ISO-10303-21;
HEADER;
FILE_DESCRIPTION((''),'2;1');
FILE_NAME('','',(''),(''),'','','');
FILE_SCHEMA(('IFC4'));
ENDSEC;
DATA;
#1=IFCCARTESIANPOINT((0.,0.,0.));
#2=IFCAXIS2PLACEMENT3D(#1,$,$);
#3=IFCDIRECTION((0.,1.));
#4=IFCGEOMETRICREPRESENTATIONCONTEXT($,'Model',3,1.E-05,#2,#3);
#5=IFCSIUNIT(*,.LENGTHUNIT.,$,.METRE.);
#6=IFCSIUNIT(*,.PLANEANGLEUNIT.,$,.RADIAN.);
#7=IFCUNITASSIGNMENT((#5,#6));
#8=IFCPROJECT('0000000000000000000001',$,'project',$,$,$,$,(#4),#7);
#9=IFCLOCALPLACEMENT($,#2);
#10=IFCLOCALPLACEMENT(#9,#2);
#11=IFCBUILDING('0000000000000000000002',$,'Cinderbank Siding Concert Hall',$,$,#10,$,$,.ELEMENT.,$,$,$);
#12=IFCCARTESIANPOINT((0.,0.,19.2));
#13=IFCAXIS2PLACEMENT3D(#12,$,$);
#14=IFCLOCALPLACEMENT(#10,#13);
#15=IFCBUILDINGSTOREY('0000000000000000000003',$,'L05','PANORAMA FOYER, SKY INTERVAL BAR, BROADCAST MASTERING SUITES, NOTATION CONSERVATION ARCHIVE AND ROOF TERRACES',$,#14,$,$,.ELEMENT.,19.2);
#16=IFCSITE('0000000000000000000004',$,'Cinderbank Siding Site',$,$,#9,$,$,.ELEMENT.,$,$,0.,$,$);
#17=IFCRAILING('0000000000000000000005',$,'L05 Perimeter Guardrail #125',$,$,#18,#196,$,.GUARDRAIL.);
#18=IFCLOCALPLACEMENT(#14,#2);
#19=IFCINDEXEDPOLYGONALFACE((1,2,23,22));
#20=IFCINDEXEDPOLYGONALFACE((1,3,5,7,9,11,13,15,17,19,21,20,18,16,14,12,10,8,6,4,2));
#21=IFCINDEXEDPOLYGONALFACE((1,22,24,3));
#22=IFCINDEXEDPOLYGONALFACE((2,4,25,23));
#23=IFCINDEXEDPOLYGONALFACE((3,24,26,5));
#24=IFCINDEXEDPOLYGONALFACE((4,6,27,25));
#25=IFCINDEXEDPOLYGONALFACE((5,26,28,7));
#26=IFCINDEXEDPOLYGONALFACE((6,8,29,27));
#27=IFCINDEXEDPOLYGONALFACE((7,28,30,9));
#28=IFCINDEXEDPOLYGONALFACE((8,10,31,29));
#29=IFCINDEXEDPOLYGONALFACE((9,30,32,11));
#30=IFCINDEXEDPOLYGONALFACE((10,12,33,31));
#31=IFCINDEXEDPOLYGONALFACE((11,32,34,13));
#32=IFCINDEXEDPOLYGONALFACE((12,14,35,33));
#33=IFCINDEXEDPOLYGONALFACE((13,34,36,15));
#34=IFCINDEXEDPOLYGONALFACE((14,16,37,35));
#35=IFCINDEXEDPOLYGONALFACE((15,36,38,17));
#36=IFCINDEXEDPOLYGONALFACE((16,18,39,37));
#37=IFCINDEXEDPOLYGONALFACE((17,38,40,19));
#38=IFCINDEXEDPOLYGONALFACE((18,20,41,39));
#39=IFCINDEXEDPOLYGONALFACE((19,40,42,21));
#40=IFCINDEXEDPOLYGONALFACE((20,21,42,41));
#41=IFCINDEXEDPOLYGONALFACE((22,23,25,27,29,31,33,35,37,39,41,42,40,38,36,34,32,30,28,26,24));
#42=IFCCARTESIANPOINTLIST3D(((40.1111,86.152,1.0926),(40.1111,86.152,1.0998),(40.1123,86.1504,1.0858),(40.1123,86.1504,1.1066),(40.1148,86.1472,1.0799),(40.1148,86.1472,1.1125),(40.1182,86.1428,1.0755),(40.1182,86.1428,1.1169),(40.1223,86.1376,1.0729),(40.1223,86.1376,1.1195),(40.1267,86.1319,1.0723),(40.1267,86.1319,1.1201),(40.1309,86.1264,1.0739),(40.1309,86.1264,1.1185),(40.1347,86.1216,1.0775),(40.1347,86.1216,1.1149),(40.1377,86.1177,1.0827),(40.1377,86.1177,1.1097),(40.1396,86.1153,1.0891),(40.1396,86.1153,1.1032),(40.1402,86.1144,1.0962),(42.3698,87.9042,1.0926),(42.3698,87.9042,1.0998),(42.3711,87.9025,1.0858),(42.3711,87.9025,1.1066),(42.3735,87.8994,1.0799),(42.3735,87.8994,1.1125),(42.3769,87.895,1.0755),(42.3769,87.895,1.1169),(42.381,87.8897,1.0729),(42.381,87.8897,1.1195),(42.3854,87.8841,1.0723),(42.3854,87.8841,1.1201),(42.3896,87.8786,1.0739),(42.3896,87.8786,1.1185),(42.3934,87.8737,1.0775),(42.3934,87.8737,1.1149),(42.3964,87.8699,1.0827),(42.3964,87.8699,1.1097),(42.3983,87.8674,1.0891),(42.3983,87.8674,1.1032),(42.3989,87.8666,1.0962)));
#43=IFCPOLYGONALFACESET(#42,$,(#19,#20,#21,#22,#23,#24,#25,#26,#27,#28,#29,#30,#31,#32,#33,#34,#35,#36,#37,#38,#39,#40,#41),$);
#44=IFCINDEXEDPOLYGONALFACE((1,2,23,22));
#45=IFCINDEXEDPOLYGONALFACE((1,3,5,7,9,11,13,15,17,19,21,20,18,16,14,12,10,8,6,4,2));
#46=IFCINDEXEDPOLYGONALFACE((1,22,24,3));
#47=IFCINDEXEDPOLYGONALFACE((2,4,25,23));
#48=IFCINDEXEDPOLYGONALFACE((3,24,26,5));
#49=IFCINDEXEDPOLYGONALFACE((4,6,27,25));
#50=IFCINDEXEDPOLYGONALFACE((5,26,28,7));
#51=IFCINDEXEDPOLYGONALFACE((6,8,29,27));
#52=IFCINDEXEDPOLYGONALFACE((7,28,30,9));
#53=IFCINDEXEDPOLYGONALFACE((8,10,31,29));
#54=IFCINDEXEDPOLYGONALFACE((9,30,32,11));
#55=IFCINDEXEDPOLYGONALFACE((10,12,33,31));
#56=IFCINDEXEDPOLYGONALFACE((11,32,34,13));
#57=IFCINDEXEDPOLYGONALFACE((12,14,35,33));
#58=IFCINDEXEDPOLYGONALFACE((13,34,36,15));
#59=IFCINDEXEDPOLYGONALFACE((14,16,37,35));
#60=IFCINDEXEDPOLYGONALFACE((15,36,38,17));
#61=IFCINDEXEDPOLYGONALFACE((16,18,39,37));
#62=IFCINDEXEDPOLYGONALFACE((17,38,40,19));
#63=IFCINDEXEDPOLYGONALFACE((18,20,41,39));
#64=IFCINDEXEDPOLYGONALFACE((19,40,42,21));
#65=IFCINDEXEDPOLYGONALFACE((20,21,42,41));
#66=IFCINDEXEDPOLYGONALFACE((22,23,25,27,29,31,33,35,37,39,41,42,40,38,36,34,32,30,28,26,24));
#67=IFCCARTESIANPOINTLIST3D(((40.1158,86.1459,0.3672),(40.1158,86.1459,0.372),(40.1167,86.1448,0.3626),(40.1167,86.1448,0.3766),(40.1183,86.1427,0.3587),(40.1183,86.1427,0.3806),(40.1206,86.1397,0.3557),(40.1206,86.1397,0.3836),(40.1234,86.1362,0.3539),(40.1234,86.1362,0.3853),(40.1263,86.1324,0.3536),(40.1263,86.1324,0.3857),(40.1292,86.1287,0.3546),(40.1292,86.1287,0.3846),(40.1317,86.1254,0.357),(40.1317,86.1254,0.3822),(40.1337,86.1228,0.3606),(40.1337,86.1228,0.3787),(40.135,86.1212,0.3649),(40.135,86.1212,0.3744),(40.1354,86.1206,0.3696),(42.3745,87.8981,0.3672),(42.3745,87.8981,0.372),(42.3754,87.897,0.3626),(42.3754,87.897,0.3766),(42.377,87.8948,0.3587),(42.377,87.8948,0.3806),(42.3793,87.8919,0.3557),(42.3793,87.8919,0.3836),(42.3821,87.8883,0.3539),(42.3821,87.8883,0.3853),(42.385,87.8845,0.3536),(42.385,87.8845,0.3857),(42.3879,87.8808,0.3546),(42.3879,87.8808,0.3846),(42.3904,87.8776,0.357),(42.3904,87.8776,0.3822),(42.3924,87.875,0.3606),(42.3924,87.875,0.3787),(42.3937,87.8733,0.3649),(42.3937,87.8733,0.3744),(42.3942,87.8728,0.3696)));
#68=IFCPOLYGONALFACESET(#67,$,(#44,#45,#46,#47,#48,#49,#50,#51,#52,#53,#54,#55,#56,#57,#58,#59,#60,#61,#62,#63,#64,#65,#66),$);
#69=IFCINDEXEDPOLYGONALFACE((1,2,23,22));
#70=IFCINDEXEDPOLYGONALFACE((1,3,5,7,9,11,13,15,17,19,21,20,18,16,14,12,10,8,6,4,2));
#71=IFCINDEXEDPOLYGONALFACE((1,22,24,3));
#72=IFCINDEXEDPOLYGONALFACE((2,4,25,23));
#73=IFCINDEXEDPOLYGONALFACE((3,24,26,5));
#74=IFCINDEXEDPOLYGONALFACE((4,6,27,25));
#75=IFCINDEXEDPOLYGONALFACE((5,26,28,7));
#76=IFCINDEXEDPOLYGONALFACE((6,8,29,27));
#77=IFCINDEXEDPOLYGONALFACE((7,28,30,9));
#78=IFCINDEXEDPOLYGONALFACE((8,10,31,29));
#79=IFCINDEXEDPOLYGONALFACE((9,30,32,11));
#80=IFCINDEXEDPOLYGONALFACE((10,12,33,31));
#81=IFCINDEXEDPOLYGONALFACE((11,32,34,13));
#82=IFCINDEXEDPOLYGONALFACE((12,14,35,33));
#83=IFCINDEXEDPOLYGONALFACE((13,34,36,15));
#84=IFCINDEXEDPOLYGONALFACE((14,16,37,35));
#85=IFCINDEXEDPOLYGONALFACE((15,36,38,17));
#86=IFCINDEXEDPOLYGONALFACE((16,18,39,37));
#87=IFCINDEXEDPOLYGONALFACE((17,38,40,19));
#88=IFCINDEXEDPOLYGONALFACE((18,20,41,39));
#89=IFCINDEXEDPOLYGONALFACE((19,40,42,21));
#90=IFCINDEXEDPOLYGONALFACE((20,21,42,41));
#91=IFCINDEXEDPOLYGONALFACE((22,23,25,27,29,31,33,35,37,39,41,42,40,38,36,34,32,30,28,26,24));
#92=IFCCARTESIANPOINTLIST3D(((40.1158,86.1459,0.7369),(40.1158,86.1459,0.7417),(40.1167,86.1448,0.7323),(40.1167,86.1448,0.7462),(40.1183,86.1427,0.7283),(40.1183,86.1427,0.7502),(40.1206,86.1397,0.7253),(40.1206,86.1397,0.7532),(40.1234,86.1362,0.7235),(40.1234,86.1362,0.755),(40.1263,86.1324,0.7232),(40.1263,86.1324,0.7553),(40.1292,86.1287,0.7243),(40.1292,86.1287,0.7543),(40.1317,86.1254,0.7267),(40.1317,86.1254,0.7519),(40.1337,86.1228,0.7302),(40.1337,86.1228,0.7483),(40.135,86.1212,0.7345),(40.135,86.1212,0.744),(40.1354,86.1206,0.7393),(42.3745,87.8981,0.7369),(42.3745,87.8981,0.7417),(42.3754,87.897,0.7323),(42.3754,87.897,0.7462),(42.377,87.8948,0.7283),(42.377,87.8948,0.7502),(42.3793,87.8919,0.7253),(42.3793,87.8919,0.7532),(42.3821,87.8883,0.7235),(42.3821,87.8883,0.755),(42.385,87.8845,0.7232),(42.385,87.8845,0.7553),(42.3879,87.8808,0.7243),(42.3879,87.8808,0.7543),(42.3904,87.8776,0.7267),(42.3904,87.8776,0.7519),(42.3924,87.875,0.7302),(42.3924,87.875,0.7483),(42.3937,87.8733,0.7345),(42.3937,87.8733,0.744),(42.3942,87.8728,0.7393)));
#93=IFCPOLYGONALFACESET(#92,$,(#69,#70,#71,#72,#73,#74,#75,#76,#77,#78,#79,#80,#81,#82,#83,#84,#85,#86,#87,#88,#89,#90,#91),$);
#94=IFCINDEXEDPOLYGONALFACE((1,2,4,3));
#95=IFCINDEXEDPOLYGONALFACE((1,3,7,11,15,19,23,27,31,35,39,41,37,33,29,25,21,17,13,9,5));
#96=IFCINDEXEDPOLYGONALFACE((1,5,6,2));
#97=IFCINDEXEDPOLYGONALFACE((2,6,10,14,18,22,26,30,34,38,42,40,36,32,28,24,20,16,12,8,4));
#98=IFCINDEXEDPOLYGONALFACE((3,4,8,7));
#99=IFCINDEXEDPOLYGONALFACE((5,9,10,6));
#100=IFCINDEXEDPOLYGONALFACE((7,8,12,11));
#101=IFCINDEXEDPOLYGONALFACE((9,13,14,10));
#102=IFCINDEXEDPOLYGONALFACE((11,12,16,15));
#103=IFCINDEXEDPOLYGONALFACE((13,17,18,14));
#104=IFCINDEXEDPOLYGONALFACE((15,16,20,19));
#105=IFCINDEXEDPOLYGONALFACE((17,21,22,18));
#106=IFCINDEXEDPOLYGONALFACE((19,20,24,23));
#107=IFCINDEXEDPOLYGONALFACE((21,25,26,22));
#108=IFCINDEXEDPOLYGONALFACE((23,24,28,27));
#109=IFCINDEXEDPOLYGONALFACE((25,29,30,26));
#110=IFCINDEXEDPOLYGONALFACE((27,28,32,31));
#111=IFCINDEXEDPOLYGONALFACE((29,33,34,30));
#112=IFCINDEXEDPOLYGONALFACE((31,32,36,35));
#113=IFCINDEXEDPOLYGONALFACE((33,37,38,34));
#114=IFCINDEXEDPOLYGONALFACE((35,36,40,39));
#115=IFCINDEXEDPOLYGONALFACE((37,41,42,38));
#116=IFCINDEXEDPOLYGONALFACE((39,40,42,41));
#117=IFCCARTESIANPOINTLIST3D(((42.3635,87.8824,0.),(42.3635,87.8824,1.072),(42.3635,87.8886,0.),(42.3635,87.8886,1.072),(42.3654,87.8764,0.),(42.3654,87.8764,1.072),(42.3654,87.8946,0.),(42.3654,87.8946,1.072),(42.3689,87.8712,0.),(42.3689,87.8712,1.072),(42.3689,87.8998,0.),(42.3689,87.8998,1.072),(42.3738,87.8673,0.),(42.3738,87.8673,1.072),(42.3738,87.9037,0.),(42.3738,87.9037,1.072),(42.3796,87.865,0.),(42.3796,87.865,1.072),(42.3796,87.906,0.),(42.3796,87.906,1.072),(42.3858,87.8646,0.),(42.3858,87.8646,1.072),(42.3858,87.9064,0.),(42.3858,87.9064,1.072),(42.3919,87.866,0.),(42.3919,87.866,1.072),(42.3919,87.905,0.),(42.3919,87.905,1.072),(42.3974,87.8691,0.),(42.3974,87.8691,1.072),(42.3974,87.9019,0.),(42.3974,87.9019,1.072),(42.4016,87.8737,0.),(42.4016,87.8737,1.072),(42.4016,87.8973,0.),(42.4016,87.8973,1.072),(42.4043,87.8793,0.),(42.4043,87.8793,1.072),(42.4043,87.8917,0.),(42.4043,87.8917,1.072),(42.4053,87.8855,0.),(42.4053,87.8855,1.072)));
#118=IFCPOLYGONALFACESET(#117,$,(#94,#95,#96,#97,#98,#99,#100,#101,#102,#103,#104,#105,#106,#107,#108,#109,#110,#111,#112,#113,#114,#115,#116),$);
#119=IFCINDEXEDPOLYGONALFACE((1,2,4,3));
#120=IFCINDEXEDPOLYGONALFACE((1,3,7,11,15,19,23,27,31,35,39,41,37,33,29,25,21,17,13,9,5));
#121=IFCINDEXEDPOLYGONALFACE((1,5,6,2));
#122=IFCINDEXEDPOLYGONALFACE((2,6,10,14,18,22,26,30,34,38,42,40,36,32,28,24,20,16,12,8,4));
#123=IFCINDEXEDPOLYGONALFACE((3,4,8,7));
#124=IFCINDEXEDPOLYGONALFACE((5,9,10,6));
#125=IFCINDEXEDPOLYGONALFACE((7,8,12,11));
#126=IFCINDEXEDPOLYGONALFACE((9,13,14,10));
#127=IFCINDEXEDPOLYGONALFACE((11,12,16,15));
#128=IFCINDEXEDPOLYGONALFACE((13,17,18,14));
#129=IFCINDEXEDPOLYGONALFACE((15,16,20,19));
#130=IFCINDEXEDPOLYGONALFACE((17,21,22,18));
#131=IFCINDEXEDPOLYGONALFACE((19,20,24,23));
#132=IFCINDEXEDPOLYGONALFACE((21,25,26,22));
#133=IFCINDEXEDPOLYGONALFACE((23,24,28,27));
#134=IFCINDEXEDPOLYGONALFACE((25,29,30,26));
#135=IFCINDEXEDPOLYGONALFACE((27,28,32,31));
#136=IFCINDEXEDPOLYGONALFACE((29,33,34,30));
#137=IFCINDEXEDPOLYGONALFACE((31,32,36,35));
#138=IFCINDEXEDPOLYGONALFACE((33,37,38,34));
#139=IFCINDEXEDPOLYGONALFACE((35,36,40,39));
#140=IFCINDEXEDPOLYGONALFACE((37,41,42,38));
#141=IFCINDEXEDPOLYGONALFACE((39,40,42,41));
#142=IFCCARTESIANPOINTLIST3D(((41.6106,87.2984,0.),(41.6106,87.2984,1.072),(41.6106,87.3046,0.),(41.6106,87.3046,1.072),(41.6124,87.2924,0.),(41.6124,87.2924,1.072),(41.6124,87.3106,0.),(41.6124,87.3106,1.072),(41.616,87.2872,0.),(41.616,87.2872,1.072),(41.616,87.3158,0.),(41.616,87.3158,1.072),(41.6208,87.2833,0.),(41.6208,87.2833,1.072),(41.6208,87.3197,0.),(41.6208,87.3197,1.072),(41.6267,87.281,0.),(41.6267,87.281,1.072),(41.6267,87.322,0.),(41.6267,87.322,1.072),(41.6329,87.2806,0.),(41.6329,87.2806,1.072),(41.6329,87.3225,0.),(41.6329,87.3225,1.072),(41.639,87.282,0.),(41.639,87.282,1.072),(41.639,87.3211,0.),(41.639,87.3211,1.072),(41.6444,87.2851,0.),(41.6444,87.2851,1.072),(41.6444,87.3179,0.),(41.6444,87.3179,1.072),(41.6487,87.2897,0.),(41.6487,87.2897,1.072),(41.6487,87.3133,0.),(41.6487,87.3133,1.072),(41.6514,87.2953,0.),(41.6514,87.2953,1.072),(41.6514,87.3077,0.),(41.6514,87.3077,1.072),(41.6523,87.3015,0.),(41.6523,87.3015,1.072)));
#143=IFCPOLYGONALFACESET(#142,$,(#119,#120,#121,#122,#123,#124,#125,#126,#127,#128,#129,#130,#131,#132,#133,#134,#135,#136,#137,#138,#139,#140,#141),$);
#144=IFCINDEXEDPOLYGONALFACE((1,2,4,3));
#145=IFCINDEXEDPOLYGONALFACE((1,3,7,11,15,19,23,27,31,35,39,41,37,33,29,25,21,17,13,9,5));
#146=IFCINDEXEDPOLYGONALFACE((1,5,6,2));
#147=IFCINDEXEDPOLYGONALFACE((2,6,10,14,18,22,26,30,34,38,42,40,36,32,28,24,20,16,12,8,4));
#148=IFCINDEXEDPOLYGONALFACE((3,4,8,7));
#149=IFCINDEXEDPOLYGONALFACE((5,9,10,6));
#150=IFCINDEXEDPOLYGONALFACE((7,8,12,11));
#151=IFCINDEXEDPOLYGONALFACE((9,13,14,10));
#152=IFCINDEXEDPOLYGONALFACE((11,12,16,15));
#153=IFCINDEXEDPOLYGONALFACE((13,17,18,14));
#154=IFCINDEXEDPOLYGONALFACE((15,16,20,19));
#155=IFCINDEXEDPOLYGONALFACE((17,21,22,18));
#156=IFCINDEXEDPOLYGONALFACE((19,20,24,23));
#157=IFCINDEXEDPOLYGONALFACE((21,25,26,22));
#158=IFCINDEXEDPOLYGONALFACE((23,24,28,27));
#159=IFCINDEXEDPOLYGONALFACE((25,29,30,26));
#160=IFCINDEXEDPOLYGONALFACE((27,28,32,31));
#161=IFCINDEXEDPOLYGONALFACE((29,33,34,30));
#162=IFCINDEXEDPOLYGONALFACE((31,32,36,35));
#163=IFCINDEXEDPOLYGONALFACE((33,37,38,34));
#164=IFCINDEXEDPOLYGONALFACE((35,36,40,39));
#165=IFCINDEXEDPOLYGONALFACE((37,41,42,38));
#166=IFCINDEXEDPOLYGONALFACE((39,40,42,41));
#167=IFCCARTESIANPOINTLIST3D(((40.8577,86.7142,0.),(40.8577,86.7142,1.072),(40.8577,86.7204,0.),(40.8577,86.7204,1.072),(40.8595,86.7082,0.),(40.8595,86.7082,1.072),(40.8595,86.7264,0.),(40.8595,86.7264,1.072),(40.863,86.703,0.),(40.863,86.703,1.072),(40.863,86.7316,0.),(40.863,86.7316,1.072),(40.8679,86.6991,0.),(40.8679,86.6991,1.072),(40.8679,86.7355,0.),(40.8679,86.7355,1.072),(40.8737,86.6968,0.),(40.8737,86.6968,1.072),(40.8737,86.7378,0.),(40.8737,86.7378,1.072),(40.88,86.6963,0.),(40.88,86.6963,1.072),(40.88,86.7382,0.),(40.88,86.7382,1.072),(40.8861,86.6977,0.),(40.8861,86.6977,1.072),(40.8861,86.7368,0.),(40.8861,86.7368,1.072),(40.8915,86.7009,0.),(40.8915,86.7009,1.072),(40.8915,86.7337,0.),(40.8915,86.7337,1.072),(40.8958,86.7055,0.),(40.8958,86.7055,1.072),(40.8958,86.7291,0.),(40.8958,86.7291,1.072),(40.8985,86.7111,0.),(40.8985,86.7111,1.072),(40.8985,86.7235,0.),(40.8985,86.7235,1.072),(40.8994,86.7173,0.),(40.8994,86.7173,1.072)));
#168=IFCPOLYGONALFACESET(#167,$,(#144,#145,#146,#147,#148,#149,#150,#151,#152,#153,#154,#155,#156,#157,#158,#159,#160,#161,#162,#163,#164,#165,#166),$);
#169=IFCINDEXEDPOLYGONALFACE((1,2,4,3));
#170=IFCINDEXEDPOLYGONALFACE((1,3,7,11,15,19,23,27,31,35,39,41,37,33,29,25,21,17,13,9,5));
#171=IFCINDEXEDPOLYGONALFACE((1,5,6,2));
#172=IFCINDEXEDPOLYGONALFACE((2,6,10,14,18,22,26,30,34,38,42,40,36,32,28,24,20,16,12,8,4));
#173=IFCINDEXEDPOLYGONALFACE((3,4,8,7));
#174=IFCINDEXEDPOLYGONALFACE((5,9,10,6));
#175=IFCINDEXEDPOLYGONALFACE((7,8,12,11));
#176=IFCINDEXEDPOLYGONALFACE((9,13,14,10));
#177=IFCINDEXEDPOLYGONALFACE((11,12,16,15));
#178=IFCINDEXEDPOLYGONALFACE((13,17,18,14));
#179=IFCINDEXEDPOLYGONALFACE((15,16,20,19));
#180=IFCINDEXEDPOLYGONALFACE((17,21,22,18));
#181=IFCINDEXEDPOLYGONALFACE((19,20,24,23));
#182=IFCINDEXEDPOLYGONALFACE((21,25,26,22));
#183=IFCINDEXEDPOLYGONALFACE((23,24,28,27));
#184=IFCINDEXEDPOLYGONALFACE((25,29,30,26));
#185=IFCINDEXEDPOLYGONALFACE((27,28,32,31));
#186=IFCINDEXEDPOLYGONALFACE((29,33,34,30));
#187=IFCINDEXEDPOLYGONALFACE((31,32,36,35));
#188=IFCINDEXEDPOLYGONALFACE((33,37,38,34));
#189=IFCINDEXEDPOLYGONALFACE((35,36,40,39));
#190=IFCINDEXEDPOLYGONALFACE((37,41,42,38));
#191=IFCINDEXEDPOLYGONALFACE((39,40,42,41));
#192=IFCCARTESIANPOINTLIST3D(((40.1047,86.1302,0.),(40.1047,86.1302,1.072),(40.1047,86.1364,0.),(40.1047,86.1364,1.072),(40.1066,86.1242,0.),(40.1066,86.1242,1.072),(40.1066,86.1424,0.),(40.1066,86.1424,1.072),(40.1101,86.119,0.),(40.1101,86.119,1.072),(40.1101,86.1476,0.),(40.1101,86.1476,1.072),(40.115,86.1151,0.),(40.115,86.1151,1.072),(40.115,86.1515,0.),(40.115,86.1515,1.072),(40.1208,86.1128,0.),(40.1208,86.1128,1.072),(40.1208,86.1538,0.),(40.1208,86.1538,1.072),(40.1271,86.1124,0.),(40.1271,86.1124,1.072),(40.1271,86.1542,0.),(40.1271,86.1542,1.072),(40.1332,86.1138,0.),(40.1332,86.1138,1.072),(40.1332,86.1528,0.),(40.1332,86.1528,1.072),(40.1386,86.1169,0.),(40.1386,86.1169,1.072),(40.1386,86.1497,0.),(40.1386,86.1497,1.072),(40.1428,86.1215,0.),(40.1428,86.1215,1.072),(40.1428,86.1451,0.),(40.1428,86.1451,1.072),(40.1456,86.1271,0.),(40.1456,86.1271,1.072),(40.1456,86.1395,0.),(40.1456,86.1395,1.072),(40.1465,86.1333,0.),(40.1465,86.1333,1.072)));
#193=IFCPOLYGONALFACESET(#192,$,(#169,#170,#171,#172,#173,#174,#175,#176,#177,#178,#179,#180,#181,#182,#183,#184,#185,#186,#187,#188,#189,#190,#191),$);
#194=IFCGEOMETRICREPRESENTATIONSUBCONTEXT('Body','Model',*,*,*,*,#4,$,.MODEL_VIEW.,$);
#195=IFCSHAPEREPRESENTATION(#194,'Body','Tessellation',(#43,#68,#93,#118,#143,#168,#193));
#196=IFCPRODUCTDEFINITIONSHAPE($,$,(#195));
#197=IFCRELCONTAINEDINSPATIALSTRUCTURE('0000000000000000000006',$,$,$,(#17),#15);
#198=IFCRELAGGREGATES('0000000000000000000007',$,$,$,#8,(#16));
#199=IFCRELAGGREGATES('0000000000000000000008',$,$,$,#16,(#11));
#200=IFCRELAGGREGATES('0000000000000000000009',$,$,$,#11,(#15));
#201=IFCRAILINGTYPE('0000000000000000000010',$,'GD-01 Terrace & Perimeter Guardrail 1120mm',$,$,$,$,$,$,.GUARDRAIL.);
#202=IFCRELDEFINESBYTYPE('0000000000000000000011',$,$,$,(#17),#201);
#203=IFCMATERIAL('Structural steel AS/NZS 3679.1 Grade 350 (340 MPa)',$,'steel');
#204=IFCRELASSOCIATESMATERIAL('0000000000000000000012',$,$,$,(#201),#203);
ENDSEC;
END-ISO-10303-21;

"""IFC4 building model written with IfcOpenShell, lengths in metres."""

from ifc_helpers import new_model, si_unit, direction, frame, origin, origin_2d, place, context, subcontext, project, spatial, circle, extrude, material, type_object, element, save


model = new_model("IFC4")

# Units and contexts
model_context = context("Model", 3, precision=1e-05, world=origin(), true_north=direction((0.0, 1.0)))
body_context = subcontext(model_context, "Body", "Model", "MODEL_VIEW")
ifc_project = project(units=[si_unit("LENGTHUNIT", "METRE"), si_unit("PLANEANGLEUNIT", "RADIAN")], contexts=[model_context])

# Site, building, storey
site_placement = place(None, origin())
site = spatial("IfcSite", under=ifc_project, at=site_placement, Name="Cinderbank Siding Site", CompositionType="ELEMENT", RefElevation=0.0)
building_placement = place(site_placement, origin())
building = spatial("IfcBuilding", under=site, at=building_placement, Name="Cinderbank Siding Concert Hall", CompositionType="ELEMENT")
storey_placement = place(building_placement, frame((0.0, 0.0, 19.2)))
storey = spatial("IfcBuildingStorey", under=building, at=storey_placement, Name="L05", Description="PANORAMA FOYER, SKY INTERVAL BAR, BROADCAST MASTERING SUITES, NOTATION CONSERVATION ARCHIVE AND ROOF TERRACES", CompositionType="ELEMENT", Elevation=19.2)

# Railing
ifc_material_1 = material(Name="Structural steel AS/NZS 3679.1 Grade 350 (340 MPa)", Category="steel")
railing_type_1 = type_object("IfcRailingType", Name="GD-01 Terrace & Perimeter Guardrail 1120mm", PredefinedType="GUARDRAIL", material=ifc_material_1)
railing_1_placement = place(storey_placement, frame((42.3843, 87.8855, 0.0)))
element("IfcRailing", 1, at=railing_1_placement, inside=storey, type_object=railing_type_1, Name="L05 Perimeter Guardrail #125", PredefinedType="GUARDRAIL", context=body_context, shape_type="SweptSolid", body=[
    extrude(circle(Radius=0.0239, at=origin_2d()), frame((0.0, 0.0, 1.0962), z_axis=(-0.790138, -0.612929, 0.0), x_axis=(0.612929, -0.790138, 0.0)), (0.0, 0.0, 1.0), 2.8586),
    extrude(circle(Radius=0.0161, at=origin_2d()), frame((0.0, 0.0, 0.3696), z_axis=(-0.790138, -0.612929, 0.0), x_axis=(0.612929, -0.790138, 0.0)), (0.0, 0.0, 1.0), 2.8586),
    extrude(circle(Radius=0.0161, at=origin_2d()), frame((0.0, 0.0, 0.7393), z_axis=(-0.790138, -0.612929, 0.0), x_axis=(0.612929, -0.790138, 0.0)), (0.0, 0.0, 1.0), 2.8586),
    extrude(circle(Radius=0.021, at=origin_2d()), origin(), (0.0, 0.0, 1.0), 1.072),
    extrude(circle(Radius=0.021, at=origin_2d()), frame((-0.7529, -0.584, 0.0)), (0.0, 0.0, 1.0), 1.072),
    extrude(circle(Radius=0.021, at=origin_2d()), frame((-1.5059, -1.1682, 0.0)), (0.0, 0.0, 1.0), 1.072),
    extrude(circle(Radius=0.021, at=origin_2d()), frame((-2.2588, -1.7522, 0.0)), (0.0, 0.0, 1.0), 1.072),
])

save(model, "model.ifc")
